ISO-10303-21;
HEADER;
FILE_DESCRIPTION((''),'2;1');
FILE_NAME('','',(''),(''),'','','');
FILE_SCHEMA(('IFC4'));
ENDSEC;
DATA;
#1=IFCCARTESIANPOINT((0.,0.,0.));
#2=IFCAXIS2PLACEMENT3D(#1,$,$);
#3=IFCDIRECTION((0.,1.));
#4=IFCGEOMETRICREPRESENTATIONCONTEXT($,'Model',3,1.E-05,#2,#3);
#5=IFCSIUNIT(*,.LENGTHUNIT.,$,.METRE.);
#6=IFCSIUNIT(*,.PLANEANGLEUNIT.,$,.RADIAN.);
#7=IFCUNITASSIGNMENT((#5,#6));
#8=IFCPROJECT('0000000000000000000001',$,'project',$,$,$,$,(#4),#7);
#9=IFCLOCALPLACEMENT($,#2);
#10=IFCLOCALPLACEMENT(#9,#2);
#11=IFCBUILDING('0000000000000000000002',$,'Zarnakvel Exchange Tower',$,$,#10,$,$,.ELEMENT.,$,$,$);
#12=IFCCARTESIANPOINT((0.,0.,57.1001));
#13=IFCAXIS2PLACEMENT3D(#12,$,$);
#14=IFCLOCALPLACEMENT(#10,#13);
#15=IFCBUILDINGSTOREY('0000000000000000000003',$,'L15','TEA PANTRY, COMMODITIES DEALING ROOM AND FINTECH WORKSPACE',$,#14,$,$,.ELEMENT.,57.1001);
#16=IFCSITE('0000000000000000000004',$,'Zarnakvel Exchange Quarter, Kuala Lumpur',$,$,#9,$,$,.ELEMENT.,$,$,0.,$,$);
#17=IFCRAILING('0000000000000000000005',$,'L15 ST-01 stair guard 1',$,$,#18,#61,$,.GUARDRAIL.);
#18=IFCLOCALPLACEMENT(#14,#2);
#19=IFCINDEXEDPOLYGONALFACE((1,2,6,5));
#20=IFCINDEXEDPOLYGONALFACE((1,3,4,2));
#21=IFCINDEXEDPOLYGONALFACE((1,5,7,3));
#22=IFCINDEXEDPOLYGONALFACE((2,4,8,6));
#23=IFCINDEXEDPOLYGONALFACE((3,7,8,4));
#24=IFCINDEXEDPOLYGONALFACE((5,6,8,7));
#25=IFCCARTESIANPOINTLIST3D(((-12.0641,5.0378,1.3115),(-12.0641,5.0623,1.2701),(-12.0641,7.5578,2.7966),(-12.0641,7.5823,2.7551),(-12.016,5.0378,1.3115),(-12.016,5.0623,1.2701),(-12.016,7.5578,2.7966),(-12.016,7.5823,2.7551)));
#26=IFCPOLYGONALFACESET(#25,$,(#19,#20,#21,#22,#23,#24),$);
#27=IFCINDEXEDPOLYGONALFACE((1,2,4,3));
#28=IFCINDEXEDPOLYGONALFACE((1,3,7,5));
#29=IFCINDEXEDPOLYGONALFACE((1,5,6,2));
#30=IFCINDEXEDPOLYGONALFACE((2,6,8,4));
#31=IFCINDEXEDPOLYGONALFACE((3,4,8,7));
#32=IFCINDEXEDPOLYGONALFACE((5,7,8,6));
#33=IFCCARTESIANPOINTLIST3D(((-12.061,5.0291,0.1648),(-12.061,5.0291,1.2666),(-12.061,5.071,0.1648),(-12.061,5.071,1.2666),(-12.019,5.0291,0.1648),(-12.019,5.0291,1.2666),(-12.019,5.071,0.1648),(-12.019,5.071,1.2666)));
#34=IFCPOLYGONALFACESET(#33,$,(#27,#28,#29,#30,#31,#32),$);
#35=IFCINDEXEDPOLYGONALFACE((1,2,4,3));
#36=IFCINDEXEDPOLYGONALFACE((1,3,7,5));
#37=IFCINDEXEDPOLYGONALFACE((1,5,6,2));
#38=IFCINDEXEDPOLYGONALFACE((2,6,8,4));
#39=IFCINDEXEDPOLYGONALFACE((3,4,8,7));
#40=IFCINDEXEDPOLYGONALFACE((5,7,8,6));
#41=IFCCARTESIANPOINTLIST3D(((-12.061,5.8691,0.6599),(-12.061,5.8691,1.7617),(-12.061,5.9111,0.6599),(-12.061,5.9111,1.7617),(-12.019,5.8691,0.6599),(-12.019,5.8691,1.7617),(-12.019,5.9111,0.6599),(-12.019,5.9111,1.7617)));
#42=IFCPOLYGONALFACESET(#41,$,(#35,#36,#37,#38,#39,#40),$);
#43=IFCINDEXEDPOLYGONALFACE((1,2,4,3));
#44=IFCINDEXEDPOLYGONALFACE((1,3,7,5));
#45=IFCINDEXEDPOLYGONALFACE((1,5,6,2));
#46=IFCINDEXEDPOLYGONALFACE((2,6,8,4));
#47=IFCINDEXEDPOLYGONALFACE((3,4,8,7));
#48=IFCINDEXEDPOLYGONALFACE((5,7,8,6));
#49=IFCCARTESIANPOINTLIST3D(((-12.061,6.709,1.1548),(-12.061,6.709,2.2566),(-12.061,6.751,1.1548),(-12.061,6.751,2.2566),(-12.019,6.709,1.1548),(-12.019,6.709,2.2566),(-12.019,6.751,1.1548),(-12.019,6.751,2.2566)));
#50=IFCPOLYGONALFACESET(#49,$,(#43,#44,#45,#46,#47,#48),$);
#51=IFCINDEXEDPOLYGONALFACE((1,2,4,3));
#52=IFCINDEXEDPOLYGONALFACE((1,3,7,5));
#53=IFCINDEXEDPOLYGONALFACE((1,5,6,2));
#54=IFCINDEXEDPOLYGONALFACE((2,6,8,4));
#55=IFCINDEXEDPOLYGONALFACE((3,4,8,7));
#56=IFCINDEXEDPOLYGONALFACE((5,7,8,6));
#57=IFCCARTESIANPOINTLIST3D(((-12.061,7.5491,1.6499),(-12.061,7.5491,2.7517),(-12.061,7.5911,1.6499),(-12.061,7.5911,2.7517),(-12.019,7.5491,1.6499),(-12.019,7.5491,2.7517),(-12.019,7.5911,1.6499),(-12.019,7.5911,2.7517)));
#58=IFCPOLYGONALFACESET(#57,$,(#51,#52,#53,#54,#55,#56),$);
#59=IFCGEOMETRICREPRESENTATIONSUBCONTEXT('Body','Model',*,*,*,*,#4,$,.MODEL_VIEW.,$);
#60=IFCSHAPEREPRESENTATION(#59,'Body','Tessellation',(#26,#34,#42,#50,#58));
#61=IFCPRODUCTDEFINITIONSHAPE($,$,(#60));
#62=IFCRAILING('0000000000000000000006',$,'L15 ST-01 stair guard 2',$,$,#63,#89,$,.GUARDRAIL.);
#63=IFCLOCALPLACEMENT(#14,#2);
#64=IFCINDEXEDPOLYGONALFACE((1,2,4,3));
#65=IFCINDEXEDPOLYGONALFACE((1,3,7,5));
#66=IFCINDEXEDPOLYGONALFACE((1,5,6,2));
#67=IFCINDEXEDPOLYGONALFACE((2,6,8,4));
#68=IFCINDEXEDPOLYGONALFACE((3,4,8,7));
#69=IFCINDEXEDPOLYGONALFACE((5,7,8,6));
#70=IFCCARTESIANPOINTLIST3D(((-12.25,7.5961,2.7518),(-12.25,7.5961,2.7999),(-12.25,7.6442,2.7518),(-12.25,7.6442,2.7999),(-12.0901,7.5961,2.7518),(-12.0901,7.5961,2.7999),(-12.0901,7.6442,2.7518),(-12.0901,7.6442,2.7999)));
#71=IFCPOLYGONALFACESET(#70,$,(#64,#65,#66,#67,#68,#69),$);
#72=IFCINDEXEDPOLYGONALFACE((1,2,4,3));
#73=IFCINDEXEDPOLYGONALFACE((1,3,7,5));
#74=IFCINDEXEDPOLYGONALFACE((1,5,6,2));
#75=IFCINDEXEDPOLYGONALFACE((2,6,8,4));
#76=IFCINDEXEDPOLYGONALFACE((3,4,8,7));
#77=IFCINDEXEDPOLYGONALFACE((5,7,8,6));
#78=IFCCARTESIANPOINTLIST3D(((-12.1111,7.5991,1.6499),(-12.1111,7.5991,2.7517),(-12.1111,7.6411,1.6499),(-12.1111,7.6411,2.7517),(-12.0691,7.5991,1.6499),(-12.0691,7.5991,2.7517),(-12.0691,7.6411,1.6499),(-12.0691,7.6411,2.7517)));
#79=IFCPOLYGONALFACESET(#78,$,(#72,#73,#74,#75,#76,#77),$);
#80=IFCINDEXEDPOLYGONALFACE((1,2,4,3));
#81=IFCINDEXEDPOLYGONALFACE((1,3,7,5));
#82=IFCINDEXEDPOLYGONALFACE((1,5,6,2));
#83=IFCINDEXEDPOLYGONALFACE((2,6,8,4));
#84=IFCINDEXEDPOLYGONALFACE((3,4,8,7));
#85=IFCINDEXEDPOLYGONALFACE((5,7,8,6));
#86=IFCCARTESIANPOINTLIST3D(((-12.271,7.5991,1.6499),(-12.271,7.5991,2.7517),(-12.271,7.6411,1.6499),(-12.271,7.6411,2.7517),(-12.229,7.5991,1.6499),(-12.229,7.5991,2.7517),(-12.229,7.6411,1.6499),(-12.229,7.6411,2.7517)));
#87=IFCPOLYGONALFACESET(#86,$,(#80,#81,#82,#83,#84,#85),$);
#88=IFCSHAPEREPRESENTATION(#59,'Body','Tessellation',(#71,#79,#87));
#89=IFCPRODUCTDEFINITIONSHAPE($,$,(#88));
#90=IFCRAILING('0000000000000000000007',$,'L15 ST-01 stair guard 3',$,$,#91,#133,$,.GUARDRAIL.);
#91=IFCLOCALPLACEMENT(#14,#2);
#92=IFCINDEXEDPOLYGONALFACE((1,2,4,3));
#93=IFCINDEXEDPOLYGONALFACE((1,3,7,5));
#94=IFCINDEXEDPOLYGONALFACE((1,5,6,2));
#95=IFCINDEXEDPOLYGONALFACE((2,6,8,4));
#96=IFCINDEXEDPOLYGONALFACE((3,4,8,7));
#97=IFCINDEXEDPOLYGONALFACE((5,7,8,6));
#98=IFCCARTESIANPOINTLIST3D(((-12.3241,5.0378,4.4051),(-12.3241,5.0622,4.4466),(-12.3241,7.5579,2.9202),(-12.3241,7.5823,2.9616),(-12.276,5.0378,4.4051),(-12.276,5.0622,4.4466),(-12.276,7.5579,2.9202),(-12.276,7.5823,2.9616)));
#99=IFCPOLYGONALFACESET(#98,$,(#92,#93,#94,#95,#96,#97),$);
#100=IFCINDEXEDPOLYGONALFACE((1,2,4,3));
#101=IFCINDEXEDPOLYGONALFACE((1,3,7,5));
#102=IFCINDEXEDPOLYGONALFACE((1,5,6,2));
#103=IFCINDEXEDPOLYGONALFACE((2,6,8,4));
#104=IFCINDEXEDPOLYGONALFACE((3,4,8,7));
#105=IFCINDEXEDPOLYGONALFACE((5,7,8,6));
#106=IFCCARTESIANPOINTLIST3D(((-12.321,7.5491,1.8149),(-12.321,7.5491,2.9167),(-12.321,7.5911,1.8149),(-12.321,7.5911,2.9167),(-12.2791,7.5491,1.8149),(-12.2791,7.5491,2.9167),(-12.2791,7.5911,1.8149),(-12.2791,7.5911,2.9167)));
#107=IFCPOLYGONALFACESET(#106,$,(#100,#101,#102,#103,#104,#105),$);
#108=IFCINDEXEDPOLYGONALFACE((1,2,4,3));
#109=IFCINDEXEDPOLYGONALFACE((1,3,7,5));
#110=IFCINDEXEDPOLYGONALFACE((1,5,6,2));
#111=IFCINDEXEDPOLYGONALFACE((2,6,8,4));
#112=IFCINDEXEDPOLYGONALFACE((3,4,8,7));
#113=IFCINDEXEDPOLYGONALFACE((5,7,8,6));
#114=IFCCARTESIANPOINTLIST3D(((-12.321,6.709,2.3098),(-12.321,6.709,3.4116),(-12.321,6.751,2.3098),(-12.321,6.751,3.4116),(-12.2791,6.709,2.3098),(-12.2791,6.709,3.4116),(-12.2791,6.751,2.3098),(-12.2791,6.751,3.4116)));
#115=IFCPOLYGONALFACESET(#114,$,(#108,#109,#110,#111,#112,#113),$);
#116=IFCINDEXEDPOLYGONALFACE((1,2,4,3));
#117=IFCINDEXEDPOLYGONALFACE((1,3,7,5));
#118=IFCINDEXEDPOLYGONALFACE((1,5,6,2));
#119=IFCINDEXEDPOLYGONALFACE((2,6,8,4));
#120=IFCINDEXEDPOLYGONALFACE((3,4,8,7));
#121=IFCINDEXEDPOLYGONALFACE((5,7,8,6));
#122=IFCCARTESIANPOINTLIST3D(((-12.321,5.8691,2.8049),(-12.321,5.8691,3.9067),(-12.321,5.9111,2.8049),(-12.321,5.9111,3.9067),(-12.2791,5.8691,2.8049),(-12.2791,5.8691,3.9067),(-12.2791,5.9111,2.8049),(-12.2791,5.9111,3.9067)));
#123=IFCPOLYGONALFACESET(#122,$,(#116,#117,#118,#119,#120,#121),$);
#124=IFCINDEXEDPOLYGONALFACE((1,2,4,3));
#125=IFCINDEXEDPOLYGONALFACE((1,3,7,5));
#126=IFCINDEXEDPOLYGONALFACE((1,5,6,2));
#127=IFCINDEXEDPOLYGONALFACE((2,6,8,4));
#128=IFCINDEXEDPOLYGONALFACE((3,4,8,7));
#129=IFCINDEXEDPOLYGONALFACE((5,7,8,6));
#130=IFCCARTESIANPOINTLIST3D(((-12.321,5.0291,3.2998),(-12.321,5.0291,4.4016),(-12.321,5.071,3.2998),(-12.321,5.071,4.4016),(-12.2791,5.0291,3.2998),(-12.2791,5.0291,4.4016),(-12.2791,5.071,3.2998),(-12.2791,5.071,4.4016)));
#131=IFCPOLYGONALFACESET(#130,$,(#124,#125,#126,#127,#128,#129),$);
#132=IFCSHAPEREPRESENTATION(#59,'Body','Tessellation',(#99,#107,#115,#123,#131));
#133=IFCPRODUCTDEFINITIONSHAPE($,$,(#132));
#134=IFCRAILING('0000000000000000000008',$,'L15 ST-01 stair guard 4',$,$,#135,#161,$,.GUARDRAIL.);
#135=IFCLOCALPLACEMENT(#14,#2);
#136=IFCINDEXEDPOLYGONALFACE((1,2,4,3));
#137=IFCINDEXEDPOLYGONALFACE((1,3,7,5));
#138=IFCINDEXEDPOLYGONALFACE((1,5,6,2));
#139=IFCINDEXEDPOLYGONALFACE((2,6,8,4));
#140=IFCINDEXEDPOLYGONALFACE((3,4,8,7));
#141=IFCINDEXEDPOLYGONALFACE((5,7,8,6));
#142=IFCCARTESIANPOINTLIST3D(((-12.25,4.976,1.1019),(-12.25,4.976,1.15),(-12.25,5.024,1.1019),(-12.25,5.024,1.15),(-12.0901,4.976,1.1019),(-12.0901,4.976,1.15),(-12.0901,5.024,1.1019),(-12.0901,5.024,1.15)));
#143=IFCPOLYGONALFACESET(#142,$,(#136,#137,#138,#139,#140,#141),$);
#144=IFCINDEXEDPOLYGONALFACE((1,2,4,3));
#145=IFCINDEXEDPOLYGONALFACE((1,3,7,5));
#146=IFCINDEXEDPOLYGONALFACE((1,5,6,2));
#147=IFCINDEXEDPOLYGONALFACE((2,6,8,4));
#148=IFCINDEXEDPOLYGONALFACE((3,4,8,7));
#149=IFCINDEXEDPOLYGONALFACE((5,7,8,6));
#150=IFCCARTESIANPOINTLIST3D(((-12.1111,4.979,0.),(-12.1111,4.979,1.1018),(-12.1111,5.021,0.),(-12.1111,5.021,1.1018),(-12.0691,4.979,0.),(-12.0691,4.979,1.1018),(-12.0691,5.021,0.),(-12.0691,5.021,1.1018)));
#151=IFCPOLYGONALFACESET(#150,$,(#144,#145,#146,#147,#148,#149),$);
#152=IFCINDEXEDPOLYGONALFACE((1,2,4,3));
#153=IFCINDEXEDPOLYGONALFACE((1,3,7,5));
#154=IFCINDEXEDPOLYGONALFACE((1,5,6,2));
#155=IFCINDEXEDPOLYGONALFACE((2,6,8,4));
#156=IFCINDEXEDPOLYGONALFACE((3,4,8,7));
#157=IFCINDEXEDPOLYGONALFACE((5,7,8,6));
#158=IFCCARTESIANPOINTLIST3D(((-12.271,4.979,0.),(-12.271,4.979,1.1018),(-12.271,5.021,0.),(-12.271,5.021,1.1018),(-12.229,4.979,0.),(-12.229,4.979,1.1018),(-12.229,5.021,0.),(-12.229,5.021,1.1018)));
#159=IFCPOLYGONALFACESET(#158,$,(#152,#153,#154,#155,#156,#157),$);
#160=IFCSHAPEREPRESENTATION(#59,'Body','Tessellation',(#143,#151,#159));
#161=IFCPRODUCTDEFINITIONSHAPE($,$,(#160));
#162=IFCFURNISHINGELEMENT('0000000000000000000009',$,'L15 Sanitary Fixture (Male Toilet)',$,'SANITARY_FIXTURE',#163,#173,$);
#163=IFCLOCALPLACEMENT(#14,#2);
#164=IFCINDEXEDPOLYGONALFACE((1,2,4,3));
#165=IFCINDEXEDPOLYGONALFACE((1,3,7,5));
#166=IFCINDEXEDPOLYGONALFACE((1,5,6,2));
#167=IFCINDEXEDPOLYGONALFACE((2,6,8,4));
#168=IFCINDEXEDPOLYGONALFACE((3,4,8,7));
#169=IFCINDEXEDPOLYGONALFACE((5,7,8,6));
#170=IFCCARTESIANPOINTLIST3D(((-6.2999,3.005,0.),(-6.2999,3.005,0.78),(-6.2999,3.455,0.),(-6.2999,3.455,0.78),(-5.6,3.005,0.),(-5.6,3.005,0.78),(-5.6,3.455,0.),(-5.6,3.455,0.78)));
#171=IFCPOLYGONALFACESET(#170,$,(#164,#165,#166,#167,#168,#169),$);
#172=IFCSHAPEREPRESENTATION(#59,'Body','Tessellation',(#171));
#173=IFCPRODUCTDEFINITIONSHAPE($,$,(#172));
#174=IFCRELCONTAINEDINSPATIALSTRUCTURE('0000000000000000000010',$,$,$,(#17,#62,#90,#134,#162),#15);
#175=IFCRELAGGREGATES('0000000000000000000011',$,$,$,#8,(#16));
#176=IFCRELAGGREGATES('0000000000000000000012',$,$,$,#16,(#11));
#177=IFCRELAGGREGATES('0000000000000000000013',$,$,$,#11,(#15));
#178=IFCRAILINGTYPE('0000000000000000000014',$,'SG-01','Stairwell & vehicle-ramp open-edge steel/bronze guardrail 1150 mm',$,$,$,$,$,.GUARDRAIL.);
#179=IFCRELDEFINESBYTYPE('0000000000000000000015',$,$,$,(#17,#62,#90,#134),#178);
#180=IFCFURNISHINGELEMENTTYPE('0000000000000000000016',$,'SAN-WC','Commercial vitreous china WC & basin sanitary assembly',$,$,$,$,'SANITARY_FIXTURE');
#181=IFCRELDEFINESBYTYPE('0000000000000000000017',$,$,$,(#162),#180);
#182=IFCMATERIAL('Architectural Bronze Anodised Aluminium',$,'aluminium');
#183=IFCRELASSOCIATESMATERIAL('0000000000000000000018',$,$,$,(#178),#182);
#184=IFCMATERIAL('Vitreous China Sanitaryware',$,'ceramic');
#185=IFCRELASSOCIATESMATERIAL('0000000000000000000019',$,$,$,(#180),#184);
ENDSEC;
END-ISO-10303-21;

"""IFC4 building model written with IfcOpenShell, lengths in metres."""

from ifc_helpers import new_model, si_unit, direction, frame, origin, origin_2d, place, context, subcontext, project, spatial, rectangle, extrude, source, transform, mapped, material, type_object, element, save


model = new_model("IFC4")

# Units and contexts
model_context = context("Model", 3, precision=1e-05, world=origin(), true_north=direction((0.0, 1.0)))
body_context = subcontext(model_context, "Body", "Model", "MODEL_VIEW")
ifc_project = project(units=[si_unit("LENGTHUNIT", "METRE"), si_unit("PLANEANGLEUNIT", "RADIAN")], contexts=[model_context])

# Site, building, storey
site_placement = place(None, origin())
site = spatial("IfcSite", under=ifc_project, at=site_placement, Name="Zarnakvel Exchange Quarter, Kuala Lumpur", CompositionType="ELEMENT", RefElevation=0.0)
building_placement = place(site_placement, origin())
building = spatial("IfcBuilding", under=site, at=building_placement, Name="Zarnakvel Exchange Tower", CompositionType="ELEMENT")
storey_placement = place(building_placement, frame((0.0, 0.0, 57.1001)))
storey = spatial("IfcBuildingStorey", under=building, at=storey_placement, Name="L15", Description="TEA PANTRY, COMMODITIES DEALING ROOM AND FINTECH WORKSPACE", CompositionType="ELEMENT", Elevation=57.1001)

# Railings
ifc_material_1 = material(Name="Architectural Bronze Anodised Aluminium", Category="aluminium")
railing_type_1 = type_object("IfcRailingType", Name="SG-01", Description="Stairwell & vehicle-ramp open-edge steel/bronze guardrail 1150 mm", PredefinedType="GUARDRAIL", material=ifc_material_1)
railing_1_placement = place(storey_placement, frame((-12.04, 5.05, 0.1648)))
element("IfcRailing", 1, at=railing_1_placement, inside=storey, type_object=railing_type_1, Name="L15 ST-01 stair guard 1", PredefinedType="GUARDRAIL", context=body_context, shape_type="SweptSolid", body=[
    extrude(rectangle(XDim=0.0481, YDim=0.0481, at=origin_2d()), frame((0.0, 0.0, 1.126), z_axis=(0.0, 0.861524, 0.507717), x_axis=(-1.0, 0.0, 0.0)), (0.0, 0.0, 1.0), 2.925),
    extrude(rectangle(XDim=0.042, YDim=0.042, at=origin_2d()), origin(), (0.0, 0.0, 1.0), 1.1018),
    extrude(rectangle(XDim=0.042, YDim=0.042, at=origin_2d()), frame((0.0, 0.8401, 0.4951)), (0.0, 0.0, 1.0), 1.1018),
    extrude(rectangle(XDim=0.042, YDim=0.042, at=origin_2d()), frame((0.0, 1.6799, 0.99)), (0.0, 0.0, 1.0), 1.1018),
    extrude(rectangle(XDim=0.042, YDim=0.042, at=origin_2d()), frame((0.0, 2.52, 1.4851)), (0.0, 0.0, 1.0), 1.1018),
])
railing_2_placement = place(storey_placement, frame((-12.0901, 7.6201, 1.6499)))
element("IfcRailing", 2, at=railing_2_placement, inside=storey, type_object=railing_type_1, Name="L15 ST-01 stair guard 2", PredefinedType="GUARDRAIL", context=body_context, shape_type="SweptSolid", body=[
    extrude(rectangle(XDim=0.0481, YDim=0.0481, at=origin_2d()), frame((0.0, 0.0, 1.126), z_axis=(-1.0, 0.0, 0.0), x_axis=(0.0, -1.0, 0.0)), (0.0, 0.0, 1.0), 0.1599),
    extrude(rectangle(XDim=0.042, YDim=0.042, at=origin_2d()), origin(), (0.0, 0.0, 1.0), 1.1018),
    extrude(rectangle(XDim=0.042, YDim=0.042, at=origin_2d()), frame((-0.1599, 0.0, 0.0)), (0.0, 0.0, 1.0), 1.1018),
])
railing_3_placement = place(storey_placement, frame((-12.3, 7.5701, 1.8149)))
element("IfcRailing", 3, at=railing_3_placement, inside=storey, type_object=railing_type_1, Name="L15 ST-01 stair guard 3", PredefinedType="GUARDRAIL", context=body_context, shape_type="SweptSolid", body=[
    extrude(rectangle(XDim=0.0481, YDim=0.0481, at=origin_2d()), frame((0.0, 0.0, 1.126), z_axis=(0.0, -0.861561, 0.507655), x_axis=(1.0, 0.0, 0.0)), (0.0, 0.0, 1.0), 2.925),
    extrude(rectangle(XDim=0.042, YDim=0.042, at=origin_2d()), origin(), (0.0, 0.0, 1.0), 1.1018),
    extrude(rectangle(XDim=0.042, YDim=0.042, at=origin_2d()), frame((0.0, -0.8401, 0.4949)), (0.0, 0.0, 1.0), 1.1018),
    extrude(rectangle(XDim=0.042, YDim=0.042, at=origin_2d()), frame((0.0, -1.6799, 0.99)), (0.0, 0.0, 1.0), 1.1018),
    extrude(rectangle(XDim=0.042, YDim=0.042, at=origin_2d()), frame((0.0, -2.52, 1.4849)), (0.0, 0.0, 1.0), 1.1018),
])
railing_4_placement = place(storey_placement, frame((-12.0901, 5.0, 0.0)))
element("IfcRailing", 4, at=railing_4_placement, inside=storey, type_object=railing_type_1, Name="L15 ST-01 stair guard 4", PredefinedType="GUARDRAIL", context=body_context, shape_type="SweptSolid", body=[
    extrude(rectangle(XDim=0.0481, YDim=0.0481, at=origin_2d()), frame((0.0, 0.0, 1.126), z_axis=(-1.0, 0.0, 0.0), x_axis=(0.0, -1.0, 0.0)), (0.0, 0.0, 1.0), 0.1599),
    extrude(rectangle(XDim=0.042, YDim=0.042, at=origin_2d()), origin(), (0.0, 0.0, 1.0), 1.1018),
    extrude(rectangle(XDim=0.042, YDim=0.042, at=origin_2d()), frame((-0.1599, 0.0, 0.0)), (0.0, 0.0, 1.0), 1.1018),
])

# Furnishing element
ifc_material_2 = material(Name="Vitreous China Sanitaryware", Category="ceramic")
furnishing_element_type = type_object("IfcFurnishingElementType", Name="SAN-WC", Description="Commercial vitreous china WC & basin sanitary assembly", ElementType="SANITARY_FIXTURE", material=ifc_material_2)
shared_shape_1 = source(origin(), body_context, "Body", "SweptSolid", [
    extrude(rectangle(XDim=0.7, YDim=0.45, at=origin_2d()), origin(), (0.0, 0.0, 1.0), 0.78),
])
furnishing_placement = place(storey_placement, frame((-5.95, 3.23, 0.0), z_axis=(0.0, 0.0, 1.0), x_axis=(1.0, 0.0, 0.0)))
element("IfcFurnishingElement", 5, at=furnishing_placement, inside=storey, type_object=furnishing_element_type, Name="L15 Sanitary Fixture (Male Toilet)", ObjectType="SANITARY_FIXTURE", context=body_context, shape_type="MappedRepresentation", body=[
    mapped(shared_shape_1, transform((0.0, 0.0, 0.0), x_axis=(1.0, 0.0, 0.0), y_axis=(0.0, 1.0, 0.0), z_axis=(0.0, 0.0, 1.0), scale=1.0)),
])

save(model, "model.ifc")
